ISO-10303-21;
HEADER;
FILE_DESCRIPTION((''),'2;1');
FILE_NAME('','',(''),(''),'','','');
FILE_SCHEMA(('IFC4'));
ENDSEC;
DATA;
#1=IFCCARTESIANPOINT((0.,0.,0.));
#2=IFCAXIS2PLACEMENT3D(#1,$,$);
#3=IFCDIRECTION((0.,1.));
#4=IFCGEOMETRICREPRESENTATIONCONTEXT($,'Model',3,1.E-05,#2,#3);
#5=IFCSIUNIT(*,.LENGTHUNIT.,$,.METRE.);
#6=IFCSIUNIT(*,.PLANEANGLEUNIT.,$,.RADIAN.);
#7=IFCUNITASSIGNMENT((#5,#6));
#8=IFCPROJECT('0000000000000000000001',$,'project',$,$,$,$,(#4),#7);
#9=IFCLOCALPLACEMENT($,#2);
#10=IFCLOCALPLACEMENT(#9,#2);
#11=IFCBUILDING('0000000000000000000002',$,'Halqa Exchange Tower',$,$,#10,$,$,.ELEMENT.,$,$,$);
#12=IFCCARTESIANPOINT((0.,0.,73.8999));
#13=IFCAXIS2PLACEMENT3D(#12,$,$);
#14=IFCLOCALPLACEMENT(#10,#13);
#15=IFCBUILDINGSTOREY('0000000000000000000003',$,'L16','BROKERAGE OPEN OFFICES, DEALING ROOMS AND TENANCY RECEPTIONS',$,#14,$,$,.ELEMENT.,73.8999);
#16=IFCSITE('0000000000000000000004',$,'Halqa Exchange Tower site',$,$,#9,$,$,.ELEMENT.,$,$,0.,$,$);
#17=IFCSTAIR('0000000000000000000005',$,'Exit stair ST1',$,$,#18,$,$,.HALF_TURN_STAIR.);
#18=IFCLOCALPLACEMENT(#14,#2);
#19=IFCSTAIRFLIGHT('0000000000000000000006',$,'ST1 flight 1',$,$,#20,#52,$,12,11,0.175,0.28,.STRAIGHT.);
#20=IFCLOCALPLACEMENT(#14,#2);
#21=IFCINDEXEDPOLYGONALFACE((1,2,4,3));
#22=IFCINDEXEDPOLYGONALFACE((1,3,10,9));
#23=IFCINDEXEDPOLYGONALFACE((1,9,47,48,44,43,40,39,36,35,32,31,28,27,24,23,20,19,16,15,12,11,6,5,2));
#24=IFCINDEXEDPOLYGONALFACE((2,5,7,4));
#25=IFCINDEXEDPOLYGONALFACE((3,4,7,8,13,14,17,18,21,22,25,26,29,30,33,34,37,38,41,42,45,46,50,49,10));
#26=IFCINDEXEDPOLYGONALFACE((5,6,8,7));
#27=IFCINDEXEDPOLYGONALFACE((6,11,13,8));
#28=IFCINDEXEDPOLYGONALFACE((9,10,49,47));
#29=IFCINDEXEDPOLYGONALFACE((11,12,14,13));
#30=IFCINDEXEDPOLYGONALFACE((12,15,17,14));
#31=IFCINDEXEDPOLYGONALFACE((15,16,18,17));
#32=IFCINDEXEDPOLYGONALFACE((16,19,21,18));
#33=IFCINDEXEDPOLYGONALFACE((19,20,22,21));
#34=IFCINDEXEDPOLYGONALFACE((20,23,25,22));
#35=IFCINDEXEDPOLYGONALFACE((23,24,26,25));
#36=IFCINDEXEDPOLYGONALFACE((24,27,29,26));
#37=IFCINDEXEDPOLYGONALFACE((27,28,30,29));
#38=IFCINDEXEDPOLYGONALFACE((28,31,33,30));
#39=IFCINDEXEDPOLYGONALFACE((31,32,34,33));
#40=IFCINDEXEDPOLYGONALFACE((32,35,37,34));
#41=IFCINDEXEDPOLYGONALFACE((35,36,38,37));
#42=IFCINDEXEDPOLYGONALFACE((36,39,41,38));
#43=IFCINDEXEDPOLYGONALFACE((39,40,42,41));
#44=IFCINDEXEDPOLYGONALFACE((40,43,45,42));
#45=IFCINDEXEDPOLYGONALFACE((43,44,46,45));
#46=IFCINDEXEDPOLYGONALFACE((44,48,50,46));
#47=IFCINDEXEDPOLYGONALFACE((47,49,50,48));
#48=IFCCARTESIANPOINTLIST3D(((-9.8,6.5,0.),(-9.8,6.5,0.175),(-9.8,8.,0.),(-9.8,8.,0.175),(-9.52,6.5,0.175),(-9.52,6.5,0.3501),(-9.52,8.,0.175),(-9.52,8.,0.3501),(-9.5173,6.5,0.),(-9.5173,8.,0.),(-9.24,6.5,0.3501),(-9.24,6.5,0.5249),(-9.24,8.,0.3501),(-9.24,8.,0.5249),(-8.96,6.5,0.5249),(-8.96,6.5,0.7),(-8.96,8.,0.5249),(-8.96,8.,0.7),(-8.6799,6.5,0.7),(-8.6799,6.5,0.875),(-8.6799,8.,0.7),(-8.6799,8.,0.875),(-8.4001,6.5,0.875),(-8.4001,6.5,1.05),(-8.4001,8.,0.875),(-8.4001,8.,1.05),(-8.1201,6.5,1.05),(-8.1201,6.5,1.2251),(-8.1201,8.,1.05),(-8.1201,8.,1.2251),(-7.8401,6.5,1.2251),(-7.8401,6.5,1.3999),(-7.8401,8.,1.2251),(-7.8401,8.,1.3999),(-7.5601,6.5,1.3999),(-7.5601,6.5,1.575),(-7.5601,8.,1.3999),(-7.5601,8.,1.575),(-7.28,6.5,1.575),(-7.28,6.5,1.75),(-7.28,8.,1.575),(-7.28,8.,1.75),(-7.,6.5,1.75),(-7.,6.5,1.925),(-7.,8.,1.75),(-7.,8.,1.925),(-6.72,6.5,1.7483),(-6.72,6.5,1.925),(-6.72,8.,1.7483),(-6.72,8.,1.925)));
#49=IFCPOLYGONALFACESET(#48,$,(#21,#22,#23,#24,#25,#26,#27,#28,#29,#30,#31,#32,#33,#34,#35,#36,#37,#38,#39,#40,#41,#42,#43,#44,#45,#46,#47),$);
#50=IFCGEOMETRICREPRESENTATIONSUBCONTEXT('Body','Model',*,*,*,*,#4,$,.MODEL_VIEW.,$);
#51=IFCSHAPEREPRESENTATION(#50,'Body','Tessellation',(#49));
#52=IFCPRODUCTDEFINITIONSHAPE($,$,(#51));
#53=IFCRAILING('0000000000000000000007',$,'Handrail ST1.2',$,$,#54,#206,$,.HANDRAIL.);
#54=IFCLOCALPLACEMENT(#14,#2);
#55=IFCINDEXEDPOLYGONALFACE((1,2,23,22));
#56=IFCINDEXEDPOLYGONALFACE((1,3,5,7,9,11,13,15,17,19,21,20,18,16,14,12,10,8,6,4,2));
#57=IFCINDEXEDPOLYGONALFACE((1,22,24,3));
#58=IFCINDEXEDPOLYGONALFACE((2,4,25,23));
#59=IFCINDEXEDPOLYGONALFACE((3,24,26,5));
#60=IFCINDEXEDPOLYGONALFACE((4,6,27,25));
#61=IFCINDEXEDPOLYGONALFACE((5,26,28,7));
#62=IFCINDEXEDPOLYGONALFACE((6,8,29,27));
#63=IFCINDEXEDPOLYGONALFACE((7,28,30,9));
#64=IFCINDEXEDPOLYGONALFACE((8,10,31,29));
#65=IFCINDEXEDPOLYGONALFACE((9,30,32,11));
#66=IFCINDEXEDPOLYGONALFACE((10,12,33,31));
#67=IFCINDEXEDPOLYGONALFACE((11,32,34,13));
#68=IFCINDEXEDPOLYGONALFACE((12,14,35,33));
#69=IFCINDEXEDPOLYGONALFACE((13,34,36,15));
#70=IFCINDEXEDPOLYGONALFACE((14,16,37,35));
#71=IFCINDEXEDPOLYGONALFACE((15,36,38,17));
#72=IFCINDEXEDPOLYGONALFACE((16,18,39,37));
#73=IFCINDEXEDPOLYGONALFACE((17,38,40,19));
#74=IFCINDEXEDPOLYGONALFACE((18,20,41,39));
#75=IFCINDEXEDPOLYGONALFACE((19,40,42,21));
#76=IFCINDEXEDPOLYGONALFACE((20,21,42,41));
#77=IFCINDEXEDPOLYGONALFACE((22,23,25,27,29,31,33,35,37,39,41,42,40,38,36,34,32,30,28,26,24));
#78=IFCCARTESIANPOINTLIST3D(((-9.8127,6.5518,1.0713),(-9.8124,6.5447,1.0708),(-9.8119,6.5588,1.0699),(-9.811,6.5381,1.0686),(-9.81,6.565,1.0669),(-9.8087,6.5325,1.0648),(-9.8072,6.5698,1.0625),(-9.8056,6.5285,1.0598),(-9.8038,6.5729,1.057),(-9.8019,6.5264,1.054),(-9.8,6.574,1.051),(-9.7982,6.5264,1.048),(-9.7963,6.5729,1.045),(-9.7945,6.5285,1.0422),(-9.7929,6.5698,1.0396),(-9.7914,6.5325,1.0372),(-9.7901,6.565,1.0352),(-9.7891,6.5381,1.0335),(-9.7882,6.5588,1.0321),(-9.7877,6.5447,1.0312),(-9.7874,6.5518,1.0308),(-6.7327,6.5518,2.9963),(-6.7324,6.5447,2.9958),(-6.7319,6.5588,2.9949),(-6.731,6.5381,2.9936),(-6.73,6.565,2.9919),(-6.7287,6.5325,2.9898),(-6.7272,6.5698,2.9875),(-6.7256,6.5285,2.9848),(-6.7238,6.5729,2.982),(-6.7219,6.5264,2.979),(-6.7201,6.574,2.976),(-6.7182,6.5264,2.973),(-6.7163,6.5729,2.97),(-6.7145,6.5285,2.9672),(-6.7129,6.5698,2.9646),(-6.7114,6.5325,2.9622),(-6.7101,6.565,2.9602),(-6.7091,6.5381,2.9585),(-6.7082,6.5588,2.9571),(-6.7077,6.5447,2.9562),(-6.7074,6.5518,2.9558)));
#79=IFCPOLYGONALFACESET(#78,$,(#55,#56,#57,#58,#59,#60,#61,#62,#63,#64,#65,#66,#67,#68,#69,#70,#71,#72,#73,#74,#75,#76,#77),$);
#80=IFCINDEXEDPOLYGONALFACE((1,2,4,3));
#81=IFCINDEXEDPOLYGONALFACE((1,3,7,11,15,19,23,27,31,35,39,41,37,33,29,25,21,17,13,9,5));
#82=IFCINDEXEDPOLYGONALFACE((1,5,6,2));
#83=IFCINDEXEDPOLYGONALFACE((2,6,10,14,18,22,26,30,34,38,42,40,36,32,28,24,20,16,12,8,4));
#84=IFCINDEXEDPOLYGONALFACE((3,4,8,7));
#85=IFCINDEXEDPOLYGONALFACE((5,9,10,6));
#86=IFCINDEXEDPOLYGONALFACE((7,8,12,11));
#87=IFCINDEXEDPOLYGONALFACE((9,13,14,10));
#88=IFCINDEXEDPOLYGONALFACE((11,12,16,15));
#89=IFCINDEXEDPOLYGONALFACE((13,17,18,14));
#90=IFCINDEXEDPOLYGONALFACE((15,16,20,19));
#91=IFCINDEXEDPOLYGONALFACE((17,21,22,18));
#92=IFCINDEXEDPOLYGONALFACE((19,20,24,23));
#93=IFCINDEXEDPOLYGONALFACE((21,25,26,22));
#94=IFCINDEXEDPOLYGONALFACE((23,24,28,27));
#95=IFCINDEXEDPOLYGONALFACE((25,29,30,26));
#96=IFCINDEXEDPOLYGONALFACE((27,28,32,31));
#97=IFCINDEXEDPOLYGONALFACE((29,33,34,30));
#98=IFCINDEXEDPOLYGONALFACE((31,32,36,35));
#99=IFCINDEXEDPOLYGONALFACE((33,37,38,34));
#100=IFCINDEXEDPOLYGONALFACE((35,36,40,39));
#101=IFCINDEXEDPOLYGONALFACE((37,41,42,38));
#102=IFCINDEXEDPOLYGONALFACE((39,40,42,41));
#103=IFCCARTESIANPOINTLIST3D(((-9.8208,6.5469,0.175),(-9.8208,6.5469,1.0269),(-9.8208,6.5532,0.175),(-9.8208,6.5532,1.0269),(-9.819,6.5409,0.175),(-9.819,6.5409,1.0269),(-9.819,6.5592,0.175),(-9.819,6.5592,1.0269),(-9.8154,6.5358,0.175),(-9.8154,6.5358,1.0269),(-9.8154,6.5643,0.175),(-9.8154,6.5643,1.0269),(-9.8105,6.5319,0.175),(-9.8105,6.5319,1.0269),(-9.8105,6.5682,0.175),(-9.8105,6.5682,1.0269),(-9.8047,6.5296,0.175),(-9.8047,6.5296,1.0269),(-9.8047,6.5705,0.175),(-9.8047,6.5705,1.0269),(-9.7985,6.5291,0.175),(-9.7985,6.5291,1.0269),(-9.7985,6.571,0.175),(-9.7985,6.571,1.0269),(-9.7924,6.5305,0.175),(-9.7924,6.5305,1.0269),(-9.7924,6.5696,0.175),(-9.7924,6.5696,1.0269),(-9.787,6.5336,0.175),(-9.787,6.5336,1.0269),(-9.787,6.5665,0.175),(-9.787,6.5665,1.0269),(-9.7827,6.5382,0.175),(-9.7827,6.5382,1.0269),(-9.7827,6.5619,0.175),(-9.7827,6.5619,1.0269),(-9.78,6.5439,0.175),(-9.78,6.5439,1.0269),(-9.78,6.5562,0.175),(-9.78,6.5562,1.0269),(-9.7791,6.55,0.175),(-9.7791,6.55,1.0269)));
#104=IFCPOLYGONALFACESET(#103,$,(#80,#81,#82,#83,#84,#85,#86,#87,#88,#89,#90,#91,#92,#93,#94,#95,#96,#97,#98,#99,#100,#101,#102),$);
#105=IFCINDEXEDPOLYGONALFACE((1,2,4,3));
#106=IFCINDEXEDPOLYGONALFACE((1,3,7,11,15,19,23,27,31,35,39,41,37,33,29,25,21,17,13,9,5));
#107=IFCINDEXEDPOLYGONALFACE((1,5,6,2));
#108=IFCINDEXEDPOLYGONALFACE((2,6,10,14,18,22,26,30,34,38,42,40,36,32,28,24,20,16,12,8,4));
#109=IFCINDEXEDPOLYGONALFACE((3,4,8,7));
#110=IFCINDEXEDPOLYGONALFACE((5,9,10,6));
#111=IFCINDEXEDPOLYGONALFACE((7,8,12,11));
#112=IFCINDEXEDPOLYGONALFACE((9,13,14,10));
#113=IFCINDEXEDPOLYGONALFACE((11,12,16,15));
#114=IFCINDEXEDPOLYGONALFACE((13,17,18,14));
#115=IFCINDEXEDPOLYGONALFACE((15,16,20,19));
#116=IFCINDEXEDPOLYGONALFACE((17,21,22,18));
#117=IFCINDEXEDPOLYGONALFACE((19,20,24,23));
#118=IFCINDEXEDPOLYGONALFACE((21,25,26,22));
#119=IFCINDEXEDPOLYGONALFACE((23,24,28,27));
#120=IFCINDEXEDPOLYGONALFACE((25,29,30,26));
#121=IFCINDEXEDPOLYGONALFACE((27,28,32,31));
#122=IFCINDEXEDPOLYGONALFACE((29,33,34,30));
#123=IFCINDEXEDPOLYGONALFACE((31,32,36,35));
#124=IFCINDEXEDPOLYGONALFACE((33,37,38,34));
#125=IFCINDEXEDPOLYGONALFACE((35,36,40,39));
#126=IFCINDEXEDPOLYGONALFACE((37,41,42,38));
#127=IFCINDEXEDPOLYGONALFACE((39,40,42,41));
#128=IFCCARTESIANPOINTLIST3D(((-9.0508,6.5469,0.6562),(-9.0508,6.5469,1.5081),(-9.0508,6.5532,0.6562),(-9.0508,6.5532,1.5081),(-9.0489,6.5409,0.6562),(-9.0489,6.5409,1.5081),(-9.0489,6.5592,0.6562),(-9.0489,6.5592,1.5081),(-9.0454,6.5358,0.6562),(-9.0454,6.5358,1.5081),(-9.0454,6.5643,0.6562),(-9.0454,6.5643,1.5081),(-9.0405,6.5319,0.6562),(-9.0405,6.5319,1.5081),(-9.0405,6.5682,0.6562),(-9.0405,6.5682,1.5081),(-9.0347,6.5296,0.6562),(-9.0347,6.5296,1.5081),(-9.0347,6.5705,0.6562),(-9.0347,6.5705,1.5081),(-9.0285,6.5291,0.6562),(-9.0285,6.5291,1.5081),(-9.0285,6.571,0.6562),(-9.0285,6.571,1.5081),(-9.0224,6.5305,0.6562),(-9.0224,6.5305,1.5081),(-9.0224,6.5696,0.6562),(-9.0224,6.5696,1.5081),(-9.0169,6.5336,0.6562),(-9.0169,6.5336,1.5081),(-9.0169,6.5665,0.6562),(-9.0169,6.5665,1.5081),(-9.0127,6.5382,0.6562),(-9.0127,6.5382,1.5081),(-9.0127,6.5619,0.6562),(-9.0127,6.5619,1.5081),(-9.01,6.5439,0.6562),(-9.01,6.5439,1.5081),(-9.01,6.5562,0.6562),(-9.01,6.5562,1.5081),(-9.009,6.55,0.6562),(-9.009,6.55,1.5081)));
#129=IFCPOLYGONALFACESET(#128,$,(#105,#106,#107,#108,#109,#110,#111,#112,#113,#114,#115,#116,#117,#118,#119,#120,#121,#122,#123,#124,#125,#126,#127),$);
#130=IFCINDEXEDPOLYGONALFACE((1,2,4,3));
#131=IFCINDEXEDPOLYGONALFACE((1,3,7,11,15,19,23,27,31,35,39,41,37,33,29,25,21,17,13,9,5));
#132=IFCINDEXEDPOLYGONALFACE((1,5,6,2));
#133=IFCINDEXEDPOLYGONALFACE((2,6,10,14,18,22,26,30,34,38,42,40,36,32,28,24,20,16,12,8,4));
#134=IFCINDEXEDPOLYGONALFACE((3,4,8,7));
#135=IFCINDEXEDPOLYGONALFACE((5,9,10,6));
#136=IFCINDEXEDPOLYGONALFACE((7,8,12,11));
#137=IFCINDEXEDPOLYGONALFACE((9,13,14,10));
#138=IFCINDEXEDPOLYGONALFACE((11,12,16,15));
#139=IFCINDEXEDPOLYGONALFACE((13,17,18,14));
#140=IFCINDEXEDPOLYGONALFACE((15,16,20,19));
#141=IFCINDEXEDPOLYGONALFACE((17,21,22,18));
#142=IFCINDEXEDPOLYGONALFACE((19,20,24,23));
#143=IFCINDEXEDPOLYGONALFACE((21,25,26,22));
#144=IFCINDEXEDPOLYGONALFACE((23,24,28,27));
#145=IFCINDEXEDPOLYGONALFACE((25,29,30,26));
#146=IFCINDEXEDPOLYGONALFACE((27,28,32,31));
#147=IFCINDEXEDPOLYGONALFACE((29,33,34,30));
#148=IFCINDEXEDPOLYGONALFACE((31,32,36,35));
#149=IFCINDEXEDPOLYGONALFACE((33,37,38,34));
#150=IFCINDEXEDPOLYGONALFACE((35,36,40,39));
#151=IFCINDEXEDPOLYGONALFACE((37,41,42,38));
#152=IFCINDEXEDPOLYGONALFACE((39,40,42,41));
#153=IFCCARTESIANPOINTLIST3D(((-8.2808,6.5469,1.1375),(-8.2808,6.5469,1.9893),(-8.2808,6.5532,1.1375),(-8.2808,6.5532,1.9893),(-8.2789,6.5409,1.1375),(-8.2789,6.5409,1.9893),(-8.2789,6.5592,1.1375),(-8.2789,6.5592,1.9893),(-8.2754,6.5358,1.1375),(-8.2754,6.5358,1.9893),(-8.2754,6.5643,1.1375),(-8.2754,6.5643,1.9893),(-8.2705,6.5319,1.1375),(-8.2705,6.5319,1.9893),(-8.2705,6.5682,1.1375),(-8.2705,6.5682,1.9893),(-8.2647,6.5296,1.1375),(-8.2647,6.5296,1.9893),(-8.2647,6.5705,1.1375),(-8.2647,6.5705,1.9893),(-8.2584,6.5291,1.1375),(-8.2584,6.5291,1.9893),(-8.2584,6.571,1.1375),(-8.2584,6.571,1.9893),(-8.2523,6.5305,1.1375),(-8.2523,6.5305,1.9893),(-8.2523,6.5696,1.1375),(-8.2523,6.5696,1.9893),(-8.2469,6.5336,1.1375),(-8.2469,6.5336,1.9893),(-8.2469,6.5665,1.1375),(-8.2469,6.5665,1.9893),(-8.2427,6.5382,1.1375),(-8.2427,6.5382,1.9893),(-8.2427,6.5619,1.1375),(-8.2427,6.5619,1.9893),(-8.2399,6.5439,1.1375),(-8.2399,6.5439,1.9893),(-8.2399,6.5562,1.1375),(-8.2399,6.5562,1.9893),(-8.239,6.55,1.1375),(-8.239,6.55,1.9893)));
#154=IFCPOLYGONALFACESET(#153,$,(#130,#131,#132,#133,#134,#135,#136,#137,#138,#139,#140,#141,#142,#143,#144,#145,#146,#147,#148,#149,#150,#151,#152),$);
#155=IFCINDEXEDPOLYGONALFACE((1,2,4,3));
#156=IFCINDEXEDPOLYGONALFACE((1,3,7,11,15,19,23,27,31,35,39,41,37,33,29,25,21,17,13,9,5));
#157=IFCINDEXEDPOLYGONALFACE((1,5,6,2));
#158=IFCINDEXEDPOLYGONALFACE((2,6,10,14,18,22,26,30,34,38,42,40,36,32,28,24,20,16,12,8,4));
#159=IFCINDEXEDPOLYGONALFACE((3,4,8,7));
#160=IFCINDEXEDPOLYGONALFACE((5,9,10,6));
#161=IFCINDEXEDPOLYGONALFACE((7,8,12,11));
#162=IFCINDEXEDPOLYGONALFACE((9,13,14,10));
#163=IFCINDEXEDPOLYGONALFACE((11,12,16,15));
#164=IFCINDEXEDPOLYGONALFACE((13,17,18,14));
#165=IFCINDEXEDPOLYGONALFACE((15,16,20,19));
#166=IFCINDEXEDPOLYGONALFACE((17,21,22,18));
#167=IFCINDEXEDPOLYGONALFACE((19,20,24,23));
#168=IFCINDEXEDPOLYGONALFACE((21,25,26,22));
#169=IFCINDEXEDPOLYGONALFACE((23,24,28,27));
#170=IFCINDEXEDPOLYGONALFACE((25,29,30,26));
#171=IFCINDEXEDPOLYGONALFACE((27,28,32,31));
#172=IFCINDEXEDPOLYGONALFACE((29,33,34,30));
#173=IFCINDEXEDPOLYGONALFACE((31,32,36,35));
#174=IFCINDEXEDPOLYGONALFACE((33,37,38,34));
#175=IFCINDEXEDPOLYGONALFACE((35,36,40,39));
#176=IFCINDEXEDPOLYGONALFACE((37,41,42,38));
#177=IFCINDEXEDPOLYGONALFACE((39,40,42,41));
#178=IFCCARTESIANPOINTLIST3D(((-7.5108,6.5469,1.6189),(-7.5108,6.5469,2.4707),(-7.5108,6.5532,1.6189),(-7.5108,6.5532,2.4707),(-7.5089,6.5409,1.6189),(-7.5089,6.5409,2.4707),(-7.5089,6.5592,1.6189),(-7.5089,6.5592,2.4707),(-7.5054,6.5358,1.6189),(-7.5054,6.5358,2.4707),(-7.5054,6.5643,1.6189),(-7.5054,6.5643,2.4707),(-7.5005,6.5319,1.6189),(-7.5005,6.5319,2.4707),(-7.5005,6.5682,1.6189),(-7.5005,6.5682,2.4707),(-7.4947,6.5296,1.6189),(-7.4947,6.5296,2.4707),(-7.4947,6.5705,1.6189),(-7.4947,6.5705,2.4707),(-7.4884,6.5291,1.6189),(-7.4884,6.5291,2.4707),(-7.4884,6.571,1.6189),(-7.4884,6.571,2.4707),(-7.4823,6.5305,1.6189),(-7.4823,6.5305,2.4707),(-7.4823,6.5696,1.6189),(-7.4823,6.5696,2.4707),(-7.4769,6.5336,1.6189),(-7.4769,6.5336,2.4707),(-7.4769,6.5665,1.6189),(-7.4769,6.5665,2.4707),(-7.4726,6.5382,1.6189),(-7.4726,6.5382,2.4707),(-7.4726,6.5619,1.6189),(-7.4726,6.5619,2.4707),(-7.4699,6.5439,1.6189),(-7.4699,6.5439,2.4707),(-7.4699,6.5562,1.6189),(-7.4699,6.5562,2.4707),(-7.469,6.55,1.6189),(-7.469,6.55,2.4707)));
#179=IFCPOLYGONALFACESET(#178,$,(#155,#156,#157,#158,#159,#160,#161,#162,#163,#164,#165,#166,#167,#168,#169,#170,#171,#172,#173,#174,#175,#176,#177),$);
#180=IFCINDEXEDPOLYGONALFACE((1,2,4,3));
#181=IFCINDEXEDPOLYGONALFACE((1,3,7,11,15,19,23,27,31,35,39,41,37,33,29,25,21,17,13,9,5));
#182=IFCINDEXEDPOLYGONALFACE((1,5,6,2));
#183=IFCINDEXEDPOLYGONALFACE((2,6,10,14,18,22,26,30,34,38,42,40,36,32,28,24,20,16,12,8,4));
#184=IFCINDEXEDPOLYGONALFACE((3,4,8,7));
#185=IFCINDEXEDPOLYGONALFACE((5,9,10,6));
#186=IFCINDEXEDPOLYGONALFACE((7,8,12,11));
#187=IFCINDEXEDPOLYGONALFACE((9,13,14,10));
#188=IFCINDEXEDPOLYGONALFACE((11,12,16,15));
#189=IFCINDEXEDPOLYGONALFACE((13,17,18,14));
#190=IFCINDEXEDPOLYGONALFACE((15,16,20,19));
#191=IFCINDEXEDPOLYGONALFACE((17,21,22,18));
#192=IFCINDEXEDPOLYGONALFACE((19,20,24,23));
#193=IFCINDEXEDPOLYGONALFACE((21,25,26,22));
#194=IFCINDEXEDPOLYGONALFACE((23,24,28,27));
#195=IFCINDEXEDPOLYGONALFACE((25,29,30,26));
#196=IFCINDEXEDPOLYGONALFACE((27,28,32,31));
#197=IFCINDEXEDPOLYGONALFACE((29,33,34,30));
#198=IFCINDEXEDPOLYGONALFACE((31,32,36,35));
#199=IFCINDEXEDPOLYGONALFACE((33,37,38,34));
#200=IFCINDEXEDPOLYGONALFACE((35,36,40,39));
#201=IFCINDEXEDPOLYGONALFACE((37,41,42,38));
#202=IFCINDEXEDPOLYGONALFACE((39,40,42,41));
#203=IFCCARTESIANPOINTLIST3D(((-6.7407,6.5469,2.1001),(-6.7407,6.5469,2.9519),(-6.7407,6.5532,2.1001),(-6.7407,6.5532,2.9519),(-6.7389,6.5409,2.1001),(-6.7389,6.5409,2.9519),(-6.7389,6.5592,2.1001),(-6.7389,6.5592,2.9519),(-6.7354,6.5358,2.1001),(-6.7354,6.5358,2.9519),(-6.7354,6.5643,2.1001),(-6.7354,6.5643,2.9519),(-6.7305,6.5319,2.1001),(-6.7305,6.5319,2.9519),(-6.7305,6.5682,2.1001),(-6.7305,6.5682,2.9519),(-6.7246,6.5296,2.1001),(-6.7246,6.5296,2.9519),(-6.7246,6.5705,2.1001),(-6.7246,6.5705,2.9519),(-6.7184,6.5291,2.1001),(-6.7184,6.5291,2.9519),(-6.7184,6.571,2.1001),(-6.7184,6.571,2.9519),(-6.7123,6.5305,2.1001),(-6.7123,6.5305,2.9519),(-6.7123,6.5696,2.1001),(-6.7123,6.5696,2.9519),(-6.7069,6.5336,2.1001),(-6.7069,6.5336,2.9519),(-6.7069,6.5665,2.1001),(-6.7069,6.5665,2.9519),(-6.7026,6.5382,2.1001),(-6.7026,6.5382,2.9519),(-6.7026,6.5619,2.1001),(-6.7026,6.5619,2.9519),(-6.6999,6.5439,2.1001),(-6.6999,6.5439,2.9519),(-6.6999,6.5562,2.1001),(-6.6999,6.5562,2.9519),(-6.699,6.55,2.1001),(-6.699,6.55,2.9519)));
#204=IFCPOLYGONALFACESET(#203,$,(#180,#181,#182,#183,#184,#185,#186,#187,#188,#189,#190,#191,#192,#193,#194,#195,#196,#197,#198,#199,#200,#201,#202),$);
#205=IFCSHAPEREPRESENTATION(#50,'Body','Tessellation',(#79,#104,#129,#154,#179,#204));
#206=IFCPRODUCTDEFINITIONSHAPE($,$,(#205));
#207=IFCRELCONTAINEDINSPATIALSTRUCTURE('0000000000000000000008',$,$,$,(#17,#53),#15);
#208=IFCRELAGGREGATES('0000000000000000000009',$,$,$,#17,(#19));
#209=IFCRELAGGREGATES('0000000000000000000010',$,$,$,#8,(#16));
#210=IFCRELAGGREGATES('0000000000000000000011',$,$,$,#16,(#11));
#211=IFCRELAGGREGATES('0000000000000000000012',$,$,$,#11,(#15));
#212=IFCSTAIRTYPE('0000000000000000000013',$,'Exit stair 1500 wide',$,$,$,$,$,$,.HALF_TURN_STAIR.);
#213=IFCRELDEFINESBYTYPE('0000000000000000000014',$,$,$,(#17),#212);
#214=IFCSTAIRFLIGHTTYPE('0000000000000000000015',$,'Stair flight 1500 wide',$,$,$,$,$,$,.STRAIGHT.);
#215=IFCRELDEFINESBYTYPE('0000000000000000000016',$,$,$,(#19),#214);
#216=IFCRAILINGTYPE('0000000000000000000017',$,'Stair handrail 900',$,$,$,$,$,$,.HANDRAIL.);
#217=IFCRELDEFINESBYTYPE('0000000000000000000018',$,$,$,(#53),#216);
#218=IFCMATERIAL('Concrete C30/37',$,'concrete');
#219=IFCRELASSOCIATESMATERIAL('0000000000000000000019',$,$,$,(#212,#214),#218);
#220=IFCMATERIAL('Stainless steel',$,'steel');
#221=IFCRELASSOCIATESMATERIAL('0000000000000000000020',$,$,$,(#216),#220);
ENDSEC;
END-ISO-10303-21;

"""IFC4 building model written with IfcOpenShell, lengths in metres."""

from ifc_helpers import new_model, si_unit, direction, frame, origin, origin_2d, place, context, subcontext, project, spatial, polyline, circle, outline, extrude, material, type_object, element, aggregate, save


model = new_model("IFC4")

# Units and contexts
model_context = context("Model", 3, precision=1e-05, world=origin(), true_north=direction((0.0, 1.0)))
body_context = subcontext(model_context, "Body", "Model", "MODEL_VIEW")
ifc_project = project(units=[si_unit("LENGTHUNIT", "METRE"), si_unit("PLANEANGLEUNIT", "RADIAN")], contexts=[model_context])

# Site, building, storey
site_placement = place(None, origin())
site = spatial("IfcSite", under=ifc_project, at=site_placement, Name="Halqa Exchange Tower site", CompositionType="ELEMENT", RefElevation=0.0)
building_placement = place(site_placement, origin())
building = spatial("IfcBuilding", under=site, at=building_placement, Name="Halqa Exchange Tower", CompositionType="ELEMENT")
storey_placement = place(building_placement, frame((0.0, 0.0, 73.8999)))
storey = spatial("IfcBuildingStorey", under=building, at=storey_placement, Name="L16", Description="BROKERAGE OPEN OFFICES, DEALING ROOMS AND TENANCY RECEPTIONS", CompositionType="ELEMENT", Elevation=73.8999)

# Shared definitions
ifc_material_1 = material(Name="Stainless steel", Category="steel")

# Shared definitions
ifc_material_2 = material(Name="Concrete C30/37", Category="concrete")

# Stair, stair flight
stair_type = type_object("IfcStairType", Name="Exit stair 1500 wide", PredefinedType="HALF_TURN_STAIR", material=ifc_material_2)
stair_placement = place(storey_placement, origin())
stair = element("IfcStair", 1, at=stair_placement, inside=storey, type_object=stair_type, Name="Exit stair ST1", PredefinedType="HALF_TURN_STAIR")
stair_flight_type = type_object("IfcStairFlightType", Name="Stair flight 1500 wide", PredefinedType="STRAIGHT", material=ifc_material_2)
stair_flight_placement = place(storey_placement, frame((-9.8, 7.25, 0.0), z_axis=(0.0, 0.0, 1.0), x_axis=(1.0, 0.0, 0.0)))
stair_flight = element("IfcStairFlight", 2, at=stair_flight_placement, type_object=stair_flight_type, Name="ST1 flight 1", NumberOfRisers=12, NumberOfTreads=11, PredefinedType="STRAIGHT", RiserHeight=0.175, TreadLength=0.28, context=body_context, shape_type="SweptSolid", body=[
    extrude(outline(polyline([(0.0, 0.0), (0.0, 0.175), (0.28, 0.175), (0.28, 0.3501), (0.5601, 0.3501), (0.5601, 0.5249), (0.8401, 0.5249), (0.8401, 0.7), (1.1201, 0.7), (1.1201, 0.875), (1.3999, 0.875), (1.3999, 1.05), (1.6799, 1.05), (1.6799, 1.2251), (1.96, 1.2251), (1.96, 1.3999), (2.24, 1.3999), (2.24, 1.575), (2.52, 1.575), (2.52, 1.75), (2.8, 1.75), (2.8, 1.925), (3.0801, 1.925), (3.0801, 2.1001), (3.0801, 1.7483), (0.2827, 0.0), (0.0, 0.0)])), frame((0.0, 0.75, 0.0), z_axis=(0.0, -1.0, 0.0), x_axis=(1.0, 0.0, 0.0)), (0.0, 0.0, 1.0), 1.5),
])
aggregate(stair, [stair_flight])

# Railing
railing_type_1 = type_object("IfcRailingType", Name="Stair handrail 900", PredefinedType="HANDRAIL", material=ifc_material_1)
railing_1_placement = place(storey_placement, frame((-9.8, 6.55, 0.175)))
element("IfcRailing", 3, at=railing_1_placement, inside=storey, type_object=railing_type_1, Name="Handrail ST1.2", PredefinedType="HANDRAIL", context=body_context, shape_type="SweptSolid", body=[
    extrude(circle(Radius=0.0239, at=origin_2d()), frame((0.0, 0.0, 0.876), z_axis=(0.847998, 0.0, 0.529999), x_axis=(0.0, 1.0, 0.0)), (0.0, 0.0, 1.0), 3.6321),
    extrude(circle(Radius=0.021, at=origin_2d()), origin(), (0.0, 0.0, 1.0), 0.8518),
    extrude(circle(Radius=0.021, at=origin_2d()), frame((0.77, 0.0, 0.4812)), (0.0, 0.0, 1.0), 0.8518),
    extrude(circle(Radius=0.021, at=origin_2d()), frame((1.54, 0.0, 0.9624)), (0.0, 0.0, 1.0), 0.8518),
    extrude(circle(Radius=0.021, at=origin_2d()), frame((2.3101, 0.0, 1.4438)), (0.0, 0.0, 1.0), 0.8518),
    extrude(circle(Radius=0.021, at=origin_2d()), frame((3.0801, 0.0, 1.925)), (0.0, 0.0, 1.0), 0.8518),
])

save(model, "model.ifc")
